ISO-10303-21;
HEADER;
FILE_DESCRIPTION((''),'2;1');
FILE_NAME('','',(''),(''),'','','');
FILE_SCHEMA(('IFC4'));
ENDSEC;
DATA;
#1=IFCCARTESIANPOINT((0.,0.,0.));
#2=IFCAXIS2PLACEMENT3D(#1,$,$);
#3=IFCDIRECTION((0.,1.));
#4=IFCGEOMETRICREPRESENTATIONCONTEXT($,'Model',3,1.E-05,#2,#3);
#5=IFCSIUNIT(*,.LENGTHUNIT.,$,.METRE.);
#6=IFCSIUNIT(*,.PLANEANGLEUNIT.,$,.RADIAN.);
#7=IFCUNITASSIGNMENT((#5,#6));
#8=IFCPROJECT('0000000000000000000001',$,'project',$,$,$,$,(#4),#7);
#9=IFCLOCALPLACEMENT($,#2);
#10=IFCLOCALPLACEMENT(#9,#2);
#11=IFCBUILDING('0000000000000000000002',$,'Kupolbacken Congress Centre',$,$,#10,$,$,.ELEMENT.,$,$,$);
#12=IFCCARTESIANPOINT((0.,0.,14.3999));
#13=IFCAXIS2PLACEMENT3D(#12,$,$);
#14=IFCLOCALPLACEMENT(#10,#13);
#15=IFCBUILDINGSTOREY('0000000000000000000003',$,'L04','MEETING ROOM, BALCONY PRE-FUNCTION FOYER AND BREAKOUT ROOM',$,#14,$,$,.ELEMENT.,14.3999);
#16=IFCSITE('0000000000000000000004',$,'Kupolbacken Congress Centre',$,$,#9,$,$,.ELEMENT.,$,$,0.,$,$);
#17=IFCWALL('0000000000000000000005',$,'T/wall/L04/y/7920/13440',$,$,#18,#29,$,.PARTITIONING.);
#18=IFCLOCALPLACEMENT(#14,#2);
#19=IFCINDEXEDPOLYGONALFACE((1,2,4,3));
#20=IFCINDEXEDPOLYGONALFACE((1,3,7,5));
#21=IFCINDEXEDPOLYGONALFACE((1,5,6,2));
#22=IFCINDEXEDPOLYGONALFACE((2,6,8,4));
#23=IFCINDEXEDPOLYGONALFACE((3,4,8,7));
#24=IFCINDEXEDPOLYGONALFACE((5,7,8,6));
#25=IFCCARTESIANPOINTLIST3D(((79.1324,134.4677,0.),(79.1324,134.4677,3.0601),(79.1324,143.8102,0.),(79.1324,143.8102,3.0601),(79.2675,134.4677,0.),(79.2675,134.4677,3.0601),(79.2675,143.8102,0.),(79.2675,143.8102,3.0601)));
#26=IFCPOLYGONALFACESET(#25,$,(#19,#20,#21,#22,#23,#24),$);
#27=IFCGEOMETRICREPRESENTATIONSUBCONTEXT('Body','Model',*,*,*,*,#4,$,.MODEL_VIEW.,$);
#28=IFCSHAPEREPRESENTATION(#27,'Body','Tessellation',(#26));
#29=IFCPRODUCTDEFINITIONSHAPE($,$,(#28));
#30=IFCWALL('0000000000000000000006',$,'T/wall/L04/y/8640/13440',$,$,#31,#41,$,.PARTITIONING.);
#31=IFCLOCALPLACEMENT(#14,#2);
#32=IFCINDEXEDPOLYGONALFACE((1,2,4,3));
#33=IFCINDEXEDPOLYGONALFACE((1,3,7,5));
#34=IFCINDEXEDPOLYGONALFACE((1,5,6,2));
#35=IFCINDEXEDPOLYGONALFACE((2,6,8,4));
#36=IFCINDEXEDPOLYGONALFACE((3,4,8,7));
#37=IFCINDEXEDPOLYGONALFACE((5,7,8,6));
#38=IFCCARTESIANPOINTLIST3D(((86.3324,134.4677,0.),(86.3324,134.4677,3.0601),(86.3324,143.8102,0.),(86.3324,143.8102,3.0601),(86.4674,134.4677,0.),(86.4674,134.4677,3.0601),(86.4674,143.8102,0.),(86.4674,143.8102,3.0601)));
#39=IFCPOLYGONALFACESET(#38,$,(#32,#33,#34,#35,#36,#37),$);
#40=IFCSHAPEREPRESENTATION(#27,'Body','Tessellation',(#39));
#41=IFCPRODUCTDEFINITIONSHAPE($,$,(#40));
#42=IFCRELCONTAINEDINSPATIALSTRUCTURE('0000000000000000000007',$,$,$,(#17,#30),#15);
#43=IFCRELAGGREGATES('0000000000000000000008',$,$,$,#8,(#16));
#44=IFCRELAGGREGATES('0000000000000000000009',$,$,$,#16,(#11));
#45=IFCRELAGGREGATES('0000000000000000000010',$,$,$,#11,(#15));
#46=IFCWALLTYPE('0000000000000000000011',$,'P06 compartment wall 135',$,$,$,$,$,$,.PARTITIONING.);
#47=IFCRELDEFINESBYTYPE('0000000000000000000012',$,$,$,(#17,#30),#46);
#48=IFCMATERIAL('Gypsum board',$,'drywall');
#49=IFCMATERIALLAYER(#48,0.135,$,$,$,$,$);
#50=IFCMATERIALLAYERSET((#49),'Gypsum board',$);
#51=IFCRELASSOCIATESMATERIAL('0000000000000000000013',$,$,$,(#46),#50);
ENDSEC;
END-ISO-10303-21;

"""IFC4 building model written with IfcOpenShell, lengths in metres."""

from ifc_helpers import new_model, si_unit, direction, frame, frame_2d, origin, place, context, subcontext, project, spatial, rectangle, extrude, material, layer, layer_set, type_object, element, save


model = new_model("IFC4")

# Units and contexts
model_context = context("Model", 3, precision=1e-05, world=origin(), true_north=direction((0.0, 1.0)))
body_context = subcontext(model_context, "Body", "Model", "MODEL_VIEW")
ifc_project = project(units=[si_unit("LENGTHUNIT", "METRE"), si_unit("PLANEANGLEUNIT", "RADIAN")], contexts=[model_context])

# Site, building, storey
site_placement = place(None, origin())
site = spatial("IfcSite", under=ifc_project, at=site_placement, Name="Kupolbacken Congress Centre", CompositionType="ELEMENT", RefElevation=0.0)
building_placement = place(site_placement, origin())
building = spatial("IfcBuilding", under=site, at=building_placement, Name="Kupolbacken Congress Centre", CompositionType="ELEMENT")
storey_placement = place(building_placement, frame((0.0, 0.0, 14.3999)))
storey = spatial("IfcBuildingStorey", under=building, at=storey_placement, Name="L04", Description="MEETING ROOM, BALCONY PRE-FUNCTION FOYER AND BREAKOUT ROOM", CompositionType="ELEMENT", Elevation=14.3999)

# Walls
ifc_material_1 = material(Name="Gypsum board", Category="drywall")
ifc_layer_1 = layer(ifc_material_1, 0.135)
ifc_layer_set_1 = layer_set([ifc_layer_1], Name="Gypsum board")
wall_type_1 = type_object("IfcWallType", Name="P06 compartment wall 135", PredefinedType="PARTITIONING", material=ifc_layer_set_1)
for number, where, z_axis, x_axis, name in (
    (1, (79.2, 134.4675, 0.0), (0.0, 0.0, 1.0), (0.0, 1.0, 0.0), "T/wall/L04/y/7920/13440"),
    (2, (86.3999, 134.4675, 0.0), (0.0, 0.0, 1.0), (0.0, 1.0, 0.0), "T/wall/L04/y/8640/13440"),
):
    element("IfcWall", number, at=place(storey_placement, frame(where, z_axis=z_axis, x_axis=x_axis)), inside=storey, type_object=wall_type_1, Name=name, PredefinedType="PARTITIONING", context=body_context, shape_type="SweptSolid", body=[
        extrude(rectangle(XDim=9.3425, YDim=0.135, at=frame_2d((4.6714, 0.0))), origin(), (0.0, 0.0, 1.0), 3.0601),
    ])

save(model, "model.ifc")
